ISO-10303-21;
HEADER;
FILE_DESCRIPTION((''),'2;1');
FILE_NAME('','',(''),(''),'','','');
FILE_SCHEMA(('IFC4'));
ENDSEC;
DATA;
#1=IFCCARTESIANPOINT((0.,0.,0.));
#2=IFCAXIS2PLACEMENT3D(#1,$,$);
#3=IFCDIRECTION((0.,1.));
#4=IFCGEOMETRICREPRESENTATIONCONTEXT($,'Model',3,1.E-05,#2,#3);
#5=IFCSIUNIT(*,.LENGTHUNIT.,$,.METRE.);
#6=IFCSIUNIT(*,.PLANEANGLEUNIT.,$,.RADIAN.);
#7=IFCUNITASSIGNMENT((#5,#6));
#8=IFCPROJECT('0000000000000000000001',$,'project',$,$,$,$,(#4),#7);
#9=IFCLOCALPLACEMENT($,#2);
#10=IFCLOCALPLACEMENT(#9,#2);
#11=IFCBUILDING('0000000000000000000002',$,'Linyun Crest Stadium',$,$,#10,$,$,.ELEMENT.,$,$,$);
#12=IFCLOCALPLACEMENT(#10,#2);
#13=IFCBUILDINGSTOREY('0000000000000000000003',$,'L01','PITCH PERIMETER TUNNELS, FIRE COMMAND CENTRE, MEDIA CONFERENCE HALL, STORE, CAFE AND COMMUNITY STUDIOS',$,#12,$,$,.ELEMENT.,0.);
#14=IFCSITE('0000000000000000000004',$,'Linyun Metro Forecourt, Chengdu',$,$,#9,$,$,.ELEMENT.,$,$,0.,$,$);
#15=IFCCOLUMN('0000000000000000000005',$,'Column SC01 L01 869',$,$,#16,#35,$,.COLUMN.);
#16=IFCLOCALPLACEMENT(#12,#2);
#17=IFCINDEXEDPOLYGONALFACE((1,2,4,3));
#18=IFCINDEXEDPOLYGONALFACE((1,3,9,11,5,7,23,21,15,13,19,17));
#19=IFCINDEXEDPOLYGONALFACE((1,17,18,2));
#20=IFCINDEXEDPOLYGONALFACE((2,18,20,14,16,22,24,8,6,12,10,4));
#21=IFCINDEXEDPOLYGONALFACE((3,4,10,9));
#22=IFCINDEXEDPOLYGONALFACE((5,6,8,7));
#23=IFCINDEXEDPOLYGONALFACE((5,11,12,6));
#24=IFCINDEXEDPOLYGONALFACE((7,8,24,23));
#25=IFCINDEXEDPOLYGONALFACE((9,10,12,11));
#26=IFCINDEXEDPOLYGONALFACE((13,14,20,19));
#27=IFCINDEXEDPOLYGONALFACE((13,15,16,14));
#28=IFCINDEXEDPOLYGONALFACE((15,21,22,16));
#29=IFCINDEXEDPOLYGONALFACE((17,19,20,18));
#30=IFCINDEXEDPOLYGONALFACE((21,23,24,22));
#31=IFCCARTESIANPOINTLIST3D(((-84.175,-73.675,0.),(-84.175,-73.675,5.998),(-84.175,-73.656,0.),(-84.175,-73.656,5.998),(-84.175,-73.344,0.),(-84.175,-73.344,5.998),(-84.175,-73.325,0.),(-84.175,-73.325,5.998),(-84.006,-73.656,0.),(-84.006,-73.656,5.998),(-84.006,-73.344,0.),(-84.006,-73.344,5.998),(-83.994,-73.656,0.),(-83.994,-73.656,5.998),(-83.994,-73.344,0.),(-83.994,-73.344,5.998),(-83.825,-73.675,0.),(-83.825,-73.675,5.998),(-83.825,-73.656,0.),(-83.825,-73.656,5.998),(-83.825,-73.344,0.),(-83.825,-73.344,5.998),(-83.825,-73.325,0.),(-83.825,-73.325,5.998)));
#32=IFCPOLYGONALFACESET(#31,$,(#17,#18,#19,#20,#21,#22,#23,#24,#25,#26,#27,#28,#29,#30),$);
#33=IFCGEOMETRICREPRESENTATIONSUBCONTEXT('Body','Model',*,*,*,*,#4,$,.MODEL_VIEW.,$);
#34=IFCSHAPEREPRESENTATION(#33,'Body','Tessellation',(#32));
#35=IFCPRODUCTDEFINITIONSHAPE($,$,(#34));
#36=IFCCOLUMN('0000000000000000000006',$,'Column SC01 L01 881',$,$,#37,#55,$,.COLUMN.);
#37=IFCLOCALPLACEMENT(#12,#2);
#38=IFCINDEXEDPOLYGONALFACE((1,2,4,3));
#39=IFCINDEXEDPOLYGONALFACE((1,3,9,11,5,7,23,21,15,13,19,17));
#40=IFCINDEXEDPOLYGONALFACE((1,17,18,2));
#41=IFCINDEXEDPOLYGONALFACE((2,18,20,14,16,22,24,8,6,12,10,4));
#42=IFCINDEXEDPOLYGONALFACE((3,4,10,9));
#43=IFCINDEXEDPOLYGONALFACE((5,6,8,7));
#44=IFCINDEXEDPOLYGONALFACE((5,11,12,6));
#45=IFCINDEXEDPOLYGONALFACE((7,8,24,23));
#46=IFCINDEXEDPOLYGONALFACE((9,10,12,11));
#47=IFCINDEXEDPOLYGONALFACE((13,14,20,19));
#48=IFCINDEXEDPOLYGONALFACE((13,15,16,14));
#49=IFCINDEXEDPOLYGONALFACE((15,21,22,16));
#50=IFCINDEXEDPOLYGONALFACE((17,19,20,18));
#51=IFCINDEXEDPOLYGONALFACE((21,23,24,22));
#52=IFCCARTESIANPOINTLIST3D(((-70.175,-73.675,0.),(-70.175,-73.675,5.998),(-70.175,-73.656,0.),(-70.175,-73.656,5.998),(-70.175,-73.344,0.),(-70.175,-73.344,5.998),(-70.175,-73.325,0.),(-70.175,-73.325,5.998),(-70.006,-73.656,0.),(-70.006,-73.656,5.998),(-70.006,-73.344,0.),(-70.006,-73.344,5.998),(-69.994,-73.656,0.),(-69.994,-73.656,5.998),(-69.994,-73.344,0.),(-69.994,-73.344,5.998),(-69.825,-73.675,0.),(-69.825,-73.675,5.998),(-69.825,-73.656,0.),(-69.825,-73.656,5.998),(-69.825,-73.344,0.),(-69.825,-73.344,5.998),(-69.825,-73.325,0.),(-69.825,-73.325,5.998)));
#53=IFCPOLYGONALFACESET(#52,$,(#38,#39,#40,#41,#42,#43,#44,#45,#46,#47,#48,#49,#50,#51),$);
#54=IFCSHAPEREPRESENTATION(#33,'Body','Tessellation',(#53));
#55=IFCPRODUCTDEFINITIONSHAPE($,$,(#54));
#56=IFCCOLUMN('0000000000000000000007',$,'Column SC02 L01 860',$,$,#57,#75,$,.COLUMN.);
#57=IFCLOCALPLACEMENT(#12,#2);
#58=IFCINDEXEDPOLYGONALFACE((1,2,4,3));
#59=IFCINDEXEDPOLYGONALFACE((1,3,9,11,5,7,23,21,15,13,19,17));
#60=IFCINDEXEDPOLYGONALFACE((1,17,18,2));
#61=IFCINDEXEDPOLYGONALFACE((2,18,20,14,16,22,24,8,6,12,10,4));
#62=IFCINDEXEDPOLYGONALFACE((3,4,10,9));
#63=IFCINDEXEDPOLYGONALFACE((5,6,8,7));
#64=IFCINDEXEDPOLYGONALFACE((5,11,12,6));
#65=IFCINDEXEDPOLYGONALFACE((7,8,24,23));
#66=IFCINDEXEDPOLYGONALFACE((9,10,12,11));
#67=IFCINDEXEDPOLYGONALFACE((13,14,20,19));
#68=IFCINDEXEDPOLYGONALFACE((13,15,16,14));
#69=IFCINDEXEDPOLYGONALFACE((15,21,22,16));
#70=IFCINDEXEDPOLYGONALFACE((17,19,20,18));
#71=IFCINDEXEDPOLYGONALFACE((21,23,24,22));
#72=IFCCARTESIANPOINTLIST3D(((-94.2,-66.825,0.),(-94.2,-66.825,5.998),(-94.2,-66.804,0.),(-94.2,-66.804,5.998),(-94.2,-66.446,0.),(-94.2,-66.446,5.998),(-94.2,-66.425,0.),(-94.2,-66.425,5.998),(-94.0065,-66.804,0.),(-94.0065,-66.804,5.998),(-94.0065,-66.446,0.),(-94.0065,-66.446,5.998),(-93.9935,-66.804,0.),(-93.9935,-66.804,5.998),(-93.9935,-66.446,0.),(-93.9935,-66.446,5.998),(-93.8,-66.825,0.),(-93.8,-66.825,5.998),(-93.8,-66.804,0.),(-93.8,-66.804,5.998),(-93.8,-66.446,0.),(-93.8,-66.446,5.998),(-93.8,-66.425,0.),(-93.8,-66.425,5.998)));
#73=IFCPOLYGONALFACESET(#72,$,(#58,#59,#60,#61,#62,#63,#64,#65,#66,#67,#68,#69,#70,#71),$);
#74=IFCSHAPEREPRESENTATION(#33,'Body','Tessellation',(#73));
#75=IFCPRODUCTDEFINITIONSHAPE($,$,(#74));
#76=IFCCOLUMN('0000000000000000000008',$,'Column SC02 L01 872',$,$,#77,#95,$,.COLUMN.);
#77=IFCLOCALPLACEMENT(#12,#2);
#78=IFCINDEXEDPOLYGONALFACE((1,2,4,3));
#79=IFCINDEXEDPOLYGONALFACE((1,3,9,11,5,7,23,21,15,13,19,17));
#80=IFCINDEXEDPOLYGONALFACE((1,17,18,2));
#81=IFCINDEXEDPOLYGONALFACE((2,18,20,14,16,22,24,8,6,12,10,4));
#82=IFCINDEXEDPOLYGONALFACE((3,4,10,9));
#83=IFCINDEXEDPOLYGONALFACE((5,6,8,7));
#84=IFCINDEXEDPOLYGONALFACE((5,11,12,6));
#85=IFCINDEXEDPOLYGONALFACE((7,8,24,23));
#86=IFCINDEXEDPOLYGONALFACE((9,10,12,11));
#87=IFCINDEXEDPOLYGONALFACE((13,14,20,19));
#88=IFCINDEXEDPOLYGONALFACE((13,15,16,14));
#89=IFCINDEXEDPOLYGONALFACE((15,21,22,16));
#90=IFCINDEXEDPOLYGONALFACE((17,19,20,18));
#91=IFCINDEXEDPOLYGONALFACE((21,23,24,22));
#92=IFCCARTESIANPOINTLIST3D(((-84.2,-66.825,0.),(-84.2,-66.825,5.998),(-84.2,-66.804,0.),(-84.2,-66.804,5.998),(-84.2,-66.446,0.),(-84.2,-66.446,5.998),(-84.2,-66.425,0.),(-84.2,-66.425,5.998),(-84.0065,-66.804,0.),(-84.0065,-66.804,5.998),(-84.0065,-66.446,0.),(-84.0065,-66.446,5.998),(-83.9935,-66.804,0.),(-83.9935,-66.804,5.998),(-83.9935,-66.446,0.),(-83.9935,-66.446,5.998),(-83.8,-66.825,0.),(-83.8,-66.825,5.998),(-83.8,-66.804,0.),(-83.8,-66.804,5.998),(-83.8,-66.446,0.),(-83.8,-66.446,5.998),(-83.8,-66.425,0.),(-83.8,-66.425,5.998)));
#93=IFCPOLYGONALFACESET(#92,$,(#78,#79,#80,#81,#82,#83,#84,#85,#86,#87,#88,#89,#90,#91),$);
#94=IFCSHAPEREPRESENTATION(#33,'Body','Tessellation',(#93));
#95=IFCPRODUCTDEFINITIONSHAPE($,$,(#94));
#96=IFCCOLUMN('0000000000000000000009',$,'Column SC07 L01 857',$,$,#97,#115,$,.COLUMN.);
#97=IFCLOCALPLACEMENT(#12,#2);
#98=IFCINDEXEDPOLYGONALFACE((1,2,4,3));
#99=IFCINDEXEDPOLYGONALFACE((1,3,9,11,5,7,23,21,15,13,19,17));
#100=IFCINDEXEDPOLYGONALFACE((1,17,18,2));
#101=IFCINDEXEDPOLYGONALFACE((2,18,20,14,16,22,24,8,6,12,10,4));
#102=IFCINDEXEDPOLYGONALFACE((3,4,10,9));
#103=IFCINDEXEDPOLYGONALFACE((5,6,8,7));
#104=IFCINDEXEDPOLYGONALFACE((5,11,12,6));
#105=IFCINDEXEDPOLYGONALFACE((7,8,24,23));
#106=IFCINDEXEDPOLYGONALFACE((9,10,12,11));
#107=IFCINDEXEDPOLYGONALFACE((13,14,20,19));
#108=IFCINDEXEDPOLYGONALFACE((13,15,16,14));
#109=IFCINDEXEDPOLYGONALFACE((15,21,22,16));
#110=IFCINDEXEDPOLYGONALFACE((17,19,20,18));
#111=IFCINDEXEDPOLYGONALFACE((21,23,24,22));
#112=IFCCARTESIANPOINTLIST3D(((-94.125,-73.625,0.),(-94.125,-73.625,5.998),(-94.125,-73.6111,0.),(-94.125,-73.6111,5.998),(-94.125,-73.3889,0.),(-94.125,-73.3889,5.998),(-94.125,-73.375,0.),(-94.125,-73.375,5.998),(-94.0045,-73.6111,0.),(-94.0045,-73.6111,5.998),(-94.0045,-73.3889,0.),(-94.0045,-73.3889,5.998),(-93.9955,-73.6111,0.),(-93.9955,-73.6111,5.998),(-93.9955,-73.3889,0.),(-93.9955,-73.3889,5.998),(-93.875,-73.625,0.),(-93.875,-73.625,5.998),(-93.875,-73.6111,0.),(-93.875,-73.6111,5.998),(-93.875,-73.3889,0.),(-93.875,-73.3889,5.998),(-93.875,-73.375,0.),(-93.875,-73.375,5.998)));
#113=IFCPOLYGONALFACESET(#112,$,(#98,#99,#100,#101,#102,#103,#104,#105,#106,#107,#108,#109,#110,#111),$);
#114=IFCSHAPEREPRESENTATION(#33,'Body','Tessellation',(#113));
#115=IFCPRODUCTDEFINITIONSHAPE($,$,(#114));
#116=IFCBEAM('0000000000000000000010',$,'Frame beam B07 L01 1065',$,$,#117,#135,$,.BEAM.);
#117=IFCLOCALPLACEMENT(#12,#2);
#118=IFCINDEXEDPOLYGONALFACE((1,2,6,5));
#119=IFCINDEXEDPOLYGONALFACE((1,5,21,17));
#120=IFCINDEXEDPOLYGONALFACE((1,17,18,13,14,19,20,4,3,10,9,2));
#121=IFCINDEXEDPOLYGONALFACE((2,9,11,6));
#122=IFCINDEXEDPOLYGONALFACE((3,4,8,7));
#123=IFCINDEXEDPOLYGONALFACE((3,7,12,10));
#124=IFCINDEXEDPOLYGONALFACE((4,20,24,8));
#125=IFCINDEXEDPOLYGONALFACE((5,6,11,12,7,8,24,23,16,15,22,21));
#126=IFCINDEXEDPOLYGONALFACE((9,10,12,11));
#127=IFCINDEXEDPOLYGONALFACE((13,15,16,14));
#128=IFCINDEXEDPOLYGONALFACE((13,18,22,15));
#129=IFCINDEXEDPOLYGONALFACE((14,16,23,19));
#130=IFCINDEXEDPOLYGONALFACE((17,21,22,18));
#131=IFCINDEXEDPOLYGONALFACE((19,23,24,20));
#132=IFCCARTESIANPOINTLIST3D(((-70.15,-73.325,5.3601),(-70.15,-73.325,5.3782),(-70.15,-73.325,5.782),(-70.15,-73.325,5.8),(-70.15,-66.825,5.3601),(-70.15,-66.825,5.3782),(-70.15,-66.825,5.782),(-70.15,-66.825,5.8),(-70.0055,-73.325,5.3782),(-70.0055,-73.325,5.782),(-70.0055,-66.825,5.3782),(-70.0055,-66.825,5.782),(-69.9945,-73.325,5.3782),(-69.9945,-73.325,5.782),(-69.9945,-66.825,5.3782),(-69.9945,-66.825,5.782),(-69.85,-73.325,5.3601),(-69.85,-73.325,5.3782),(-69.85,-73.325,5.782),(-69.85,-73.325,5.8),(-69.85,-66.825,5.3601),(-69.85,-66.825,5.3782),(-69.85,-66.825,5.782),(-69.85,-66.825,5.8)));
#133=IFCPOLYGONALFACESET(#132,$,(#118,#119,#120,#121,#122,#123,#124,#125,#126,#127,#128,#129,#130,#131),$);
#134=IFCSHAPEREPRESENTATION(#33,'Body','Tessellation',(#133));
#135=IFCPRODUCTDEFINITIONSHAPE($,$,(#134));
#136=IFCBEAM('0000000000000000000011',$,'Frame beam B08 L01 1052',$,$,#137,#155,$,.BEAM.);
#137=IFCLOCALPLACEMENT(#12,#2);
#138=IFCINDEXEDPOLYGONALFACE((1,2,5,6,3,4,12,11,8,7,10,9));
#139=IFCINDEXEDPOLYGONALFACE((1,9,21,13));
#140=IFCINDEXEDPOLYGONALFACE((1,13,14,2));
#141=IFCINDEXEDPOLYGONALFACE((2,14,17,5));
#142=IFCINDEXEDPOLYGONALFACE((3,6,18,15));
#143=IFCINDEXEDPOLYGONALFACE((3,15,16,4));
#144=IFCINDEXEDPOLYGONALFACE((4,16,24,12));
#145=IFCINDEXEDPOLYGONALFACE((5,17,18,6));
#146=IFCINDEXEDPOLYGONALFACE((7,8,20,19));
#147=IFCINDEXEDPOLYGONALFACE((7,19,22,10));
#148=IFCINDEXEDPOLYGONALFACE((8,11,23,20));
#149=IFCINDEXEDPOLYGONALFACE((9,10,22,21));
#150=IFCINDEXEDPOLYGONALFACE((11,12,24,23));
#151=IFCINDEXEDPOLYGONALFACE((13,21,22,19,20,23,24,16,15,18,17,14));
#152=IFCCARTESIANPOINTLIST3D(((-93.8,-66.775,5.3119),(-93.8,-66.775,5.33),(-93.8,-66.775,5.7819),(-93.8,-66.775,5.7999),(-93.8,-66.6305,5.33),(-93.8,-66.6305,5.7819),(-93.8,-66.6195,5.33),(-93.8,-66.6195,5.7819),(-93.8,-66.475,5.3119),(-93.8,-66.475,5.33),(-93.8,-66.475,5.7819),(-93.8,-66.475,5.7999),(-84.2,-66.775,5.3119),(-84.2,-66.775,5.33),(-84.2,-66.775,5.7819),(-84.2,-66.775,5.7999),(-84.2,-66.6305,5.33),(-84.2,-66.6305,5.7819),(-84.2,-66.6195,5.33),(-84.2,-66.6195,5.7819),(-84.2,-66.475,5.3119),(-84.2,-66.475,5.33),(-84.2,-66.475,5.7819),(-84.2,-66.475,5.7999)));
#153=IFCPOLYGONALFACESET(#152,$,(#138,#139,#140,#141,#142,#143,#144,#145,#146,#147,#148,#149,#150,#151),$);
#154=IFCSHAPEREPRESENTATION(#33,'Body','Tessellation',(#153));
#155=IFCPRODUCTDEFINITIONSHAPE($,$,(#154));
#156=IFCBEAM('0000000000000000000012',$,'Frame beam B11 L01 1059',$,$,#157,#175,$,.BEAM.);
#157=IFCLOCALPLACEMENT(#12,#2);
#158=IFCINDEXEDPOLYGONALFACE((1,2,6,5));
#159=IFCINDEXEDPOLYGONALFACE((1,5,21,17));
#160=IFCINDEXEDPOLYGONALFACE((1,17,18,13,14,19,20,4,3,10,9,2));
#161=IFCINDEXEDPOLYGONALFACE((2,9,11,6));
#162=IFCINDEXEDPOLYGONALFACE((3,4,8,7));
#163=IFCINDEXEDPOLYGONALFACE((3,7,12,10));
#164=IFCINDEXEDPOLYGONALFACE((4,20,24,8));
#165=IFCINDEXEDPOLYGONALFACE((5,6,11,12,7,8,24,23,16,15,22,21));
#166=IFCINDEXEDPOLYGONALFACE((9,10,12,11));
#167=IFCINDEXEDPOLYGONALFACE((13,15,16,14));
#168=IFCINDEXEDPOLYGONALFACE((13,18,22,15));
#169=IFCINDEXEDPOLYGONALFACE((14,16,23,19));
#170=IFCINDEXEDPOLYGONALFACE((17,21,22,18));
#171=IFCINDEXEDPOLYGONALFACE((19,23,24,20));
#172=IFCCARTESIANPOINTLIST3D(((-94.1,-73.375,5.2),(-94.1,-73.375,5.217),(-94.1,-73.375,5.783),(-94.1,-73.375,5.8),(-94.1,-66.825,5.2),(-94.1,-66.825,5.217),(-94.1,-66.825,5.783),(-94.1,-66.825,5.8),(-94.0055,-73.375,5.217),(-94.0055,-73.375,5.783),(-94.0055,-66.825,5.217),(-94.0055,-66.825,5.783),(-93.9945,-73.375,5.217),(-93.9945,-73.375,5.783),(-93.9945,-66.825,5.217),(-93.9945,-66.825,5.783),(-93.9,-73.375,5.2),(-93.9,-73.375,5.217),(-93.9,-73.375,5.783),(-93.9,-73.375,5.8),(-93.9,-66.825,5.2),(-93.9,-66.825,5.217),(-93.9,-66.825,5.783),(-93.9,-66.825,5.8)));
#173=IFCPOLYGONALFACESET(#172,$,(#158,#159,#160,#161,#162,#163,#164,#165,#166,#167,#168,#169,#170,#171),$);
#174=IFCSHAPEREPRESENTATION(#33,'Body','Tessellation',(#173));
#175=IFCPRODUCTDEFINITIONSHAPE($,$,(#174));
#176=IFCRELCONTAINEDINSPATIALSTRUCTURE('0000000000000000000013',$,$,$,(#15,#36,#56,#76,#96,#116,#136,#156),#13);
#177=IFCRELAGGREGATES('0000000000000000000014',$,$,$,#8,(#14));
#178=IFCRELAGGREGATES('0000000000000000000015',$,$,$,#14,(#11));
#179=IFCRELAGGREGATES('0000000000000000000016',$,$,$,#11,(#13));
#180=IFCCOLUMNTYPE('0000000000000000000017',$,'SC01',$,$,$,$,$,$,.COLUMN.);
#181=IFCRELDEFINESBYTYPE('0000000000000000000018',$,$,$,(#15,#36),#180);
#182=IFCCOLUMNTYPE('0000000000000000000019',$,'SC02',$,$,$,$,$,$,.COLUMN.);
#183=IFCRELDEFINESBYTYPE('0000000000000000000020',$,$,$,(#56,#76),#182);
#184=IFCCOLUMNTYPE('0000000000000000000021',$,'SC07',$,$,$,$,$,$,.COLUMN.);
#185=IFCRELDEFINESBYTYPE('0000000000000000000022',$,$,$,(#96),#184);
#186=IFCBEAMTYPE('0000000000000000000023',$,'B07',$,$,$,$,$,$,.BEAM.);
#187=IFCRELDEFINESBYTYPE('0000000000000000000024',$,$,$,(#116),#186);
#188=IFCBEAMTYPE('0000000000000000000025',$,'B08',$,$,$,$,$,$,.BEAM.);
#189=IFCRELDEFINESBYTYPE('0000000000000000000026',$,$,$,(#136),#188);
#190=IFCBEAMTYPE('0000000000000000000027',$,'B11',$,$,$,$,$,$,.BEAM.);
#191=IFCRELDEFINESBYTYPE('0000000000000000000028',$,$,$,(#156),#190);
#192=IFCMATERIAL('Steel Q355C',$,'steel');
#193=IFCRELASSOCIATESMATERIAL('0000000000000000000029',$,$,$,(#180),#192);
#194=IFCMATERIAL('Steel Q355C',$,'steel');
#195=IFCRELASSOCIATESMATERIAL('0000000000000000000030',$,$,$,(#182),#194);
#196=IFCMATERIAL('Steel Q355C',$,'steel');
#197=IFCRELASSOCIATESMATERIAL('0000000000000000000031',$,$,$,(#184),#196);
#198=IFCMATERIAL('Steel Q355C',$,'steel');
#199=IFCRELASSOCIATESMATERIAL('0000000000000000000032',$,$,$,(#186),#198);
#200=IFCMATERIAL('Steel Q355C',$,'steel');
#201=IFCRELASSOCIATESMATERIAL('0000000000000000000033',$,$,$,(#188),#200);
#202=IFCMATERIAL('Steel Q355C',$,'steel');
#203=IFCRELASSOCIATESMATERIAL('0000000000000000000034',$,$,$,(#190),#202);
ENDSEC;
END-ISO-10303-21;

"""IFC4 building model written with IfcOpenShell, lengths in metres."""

from ifc_helpers import new_model, si_unit, direction, frame, origin, origin_2d, place, context, subcontext, project, spatial, i_section, extrude, material, material_profile, profile_set, type_object, element, save


model = new_model("IFC4")

# Units and contexts
model_context = context("Model", 3, precision=1e-05, world=origin(), true_north=direction((0.0, 1.0)))
body_context = subcontext(model_context, "Body", "Model", "MODEL_VIEW")
ifc_project = project(units=[si_unit("LENGTHUNIT", "METRE"), si_unit("PLANEANGLEUNIT", "RADIAN")], contexts=[model_context])

# Site, building, storey
site_placement = place(None, origin())
site = spatial("IfcSite", under=ifc_project, at=site_placement, Name="Linyun Metro Forecourt, Chengdu", CompositionType="ELEMENT", RefElevation=0.0)
building_placement = place(site_placement, origin())
building = spatial("IfcBuilding", under=site, at=building_placement, Name="Linyun Crest Stadium", CompositionType="ELEMENT")
storey_placement = place(building_placement, origin())
storey = spatial("IfcBuildingStorey", under=building, at=storey_placement, Name="L01", Description="PITCH PERIMETER TUNNELS, FIRE COMMAND CENTRE, MEDIA CONFERENCE HALL, STORE, CAFE AND COMMUNITY STUDIOS", CompositionType="ELEMENT", Elevation=0.0)

# Columns
ifc_material_1 = material(Name="Steel Q355C", Category="steel")
ifc_material_profile_1 = material_profile(ifc_material_1, i_section(OverallWidth=0.3501, OverallDepth=0.3501, WebThickness=0.012, FlangeThickness=0.019, at=origin_2d()), Name="HW 350x350")
ifc_profile_set_1 = profile_set([ifc_material_profile_1], Name="Steel Q355C")
column_type_1 = type_object("IfcColumnType", Name="SC01", PredefinedType="COLUMN", material=ifc_profile_set_1)
for number, where, z_axis, x_axis, name in (
    (1, (-84.0, -73.5, 0.0), (0.0, 0.0, 1.0), (1.0, 0.0, 0.0), "Column SC01 L01 869"),
    (2, (-70.0, -73.5, 0.0), (0.0, 0.0, 1.0), (1.0, 0.0, 0.0), "Column SC01 L01 881"),
):
    element("IfcColumn", number, at=place(storey_placement, frame(where, z_axis=z_axis, x_axis=x_axis)), inside=storey, type_object=column_type_1, Name=name, PredefinedType="COLUMN", context=body_context, shape_type="SweptSolid", body=[
        extrude(i_section(OverallWidth=0.3501, OverallDepth=0.3501, WebThickness=0.012, FlangeThickness=0.019, at=origin_2d()), origin(), (0.0, 0.0, 1.0), 5.998),
    ])
ifc_material_2 = material(Name="Steel Q355C", Category="steel")
ifc_material_profile_2 = material_profile(ifc_material_2, i_section(OverallWidth=0.3999, OverallDepth=0.3999, WebThickness=0.0129, FlangeThickness=0.021, at=origin_2d()), Name="HW 400x400")
ifc_profile_set_2 = profile_set([ifc_material_profile_2], Name="Steel Q355C")
column_type_2 = type_object("IfcColumnType", Name="SC02", PredefinedType="COLUMN", material=ifc_profile_set_2)
for number, where, z_axis, x_axis, name in (
    (3, (-94.0, -66.625, 0.0), (0.0, 0.0, 1.0), (1.0, 0.0, 0.0), "Column SC02 L01 860"),
    (4, (-84.0, -66.625, 0.0), (0.0, 0.0, 1.0), (1.0, 0.0, 0.0), "Column SC02 L01 872"),
):
    element("IfcColumn", number, at=place(storey_placement, frame(where, z_axis=z_axis, x_axis=x_axis)), inside=storey, type_object=column_type_2, Name=name, PredefinedType="COLUMN", context=body_context, shape_type="SweptSolid", body=[
        extrude(i_section(OverallWidth=0.3999, OverallDepth=0.3999, WebThickness=0.0129, FlangeThickness=0.021, at=origin_2d()), origin(), (0.0, 0.0, 1.0), 5.998),
    ])
ifc_material_3 = material(Name="Steel Q355C", Category="steel")
ifc_material_profile_3 = material_profile(ifc_material_3, i_section(OverallWidth=0.25, OverallDepth=0.25, WebThickness=0.009, FlangeThickness=0.0139, at=origin_2d()), Name="HW 250x250")
ifc_profile_set_3 = profile_set([ifc_material_profile_3], Name="Steel Q355C")
column_type_3 = type_object("IfcColumnType", Name="SC07", PredefinedType="COLUMN", material=ifc_profile_set_3)
column_placement = place(storey_placement, frame((-94.0, -73.5, 0.0), z_axis=(0.0, 0.0, 1.0), x_axis=(1.0, 0.0, 0.0)))
element("IfcColumn", 5, at=column_placement, inside=storey, type_object=column_type_3, Name="Column SC07 L01 857", PredefinedType="COLUMN", context=body_context, shape_type="SweptSolid", body=[
    extrude(i_section(OverallWidth=0.25, OverallDepth=0.25, WebThickness=0.009, FlangeThickness=0.0139, at=origin_2d()), origin(), (0.0, 0.0, 1.0), 5.998),
])

# Beams
ifc_material_4 = material(Name="Steel Q355C", Category="steel")
ifc_material_profile_4 = material_profile(ifc_material_4, i_section(OverallWidth=0.3, OverallDepth=0.4399, WebThickness=0.011, FlangeThickness=0.0181, at=origin_2d()), Name="HM 440x300")
ifc_profile_set_4 = profile_set([ifc_material_profile_4], Name="Steel Q355C")
beam_type_1 = type_object("IfcBeamType", Name="B07", PredefinedType="BEAM", material=ifc_profile_set_4)
beam_1_placement = place(storey_placement, frame((-70.0, -73.325, 5.5801), z_axis=(0.0, 1.0, 0.0), x_axis=(-1.0, 0.0, 0.0)))
element("IfcBeam", 6, at=beam_1_placement, inside=storey, type_object=beam_type_1, Name="Frame beam B07 L01 1065", PredefinedType="BEAM", context=body_context, shape_type="SweptSolid", body=[
    extrude(i_section(OverallWidth=0.3, OverallDepth=0.4399, WebThickness=0.011, FlangeThickness=0.0181, at=origin_2d()), origin(), (0.0, 0.0, 1.0), 6.5),
])
ifc_material_5 = material(Name="Steel Q355C", Category="steel")
ifc_material_profile_5 = material_profile(ifc_material_5, i_section(OverallWidth=0.3, OverallDepth=0.488, WebThickness=0.011, FlangeThickness=0.0181, at=origin_2d()), Name="HM 488x300")
ifc_profile_set_5 = profile_set([ifc_material_profile_5], Name="Steel Q355C")
beam_type_2 = type_object("IfcBeamType", Name="B08", PredefinedType="BEAM", material=ifc_profile_set_5)
beam_2_placement = place(storey_placement, frame((-93.8, -66.625, 5.5559), z_axis=(1.0, 0.0, 0.0), x_axis=(0.0, 1.0, 0.0)))
element("IfcBeam", 7, at=beam_2_placement, inside=storey, type_object=beam_type_2, Name="Frame beam B08 L01 1052", PredefinedType="BEAM", context=body_context, shape_type="SweptSolid", body=[
    extrude(i_section(OverallWidth=0.3, OverallDepth=0.488, WebThickness=0.011, FlangeThickness=0.0181, at=origin_2d()), origin(), (0.0, 0.0, 1.0), 9.6001),
])
ifc_material_6 = material(Name="Steel Q355C", Category="steel")
ifc_material_profile_6 = material_profile(ifc_material_6, i_section(OverallWidth=0.2, OverallDepth=0.6001, WebThickness=0.011, FlangeThickness=0.0171, at=origin_2d()), Name="HN 600x200")
ifc_profile_set_6 = profile_set([ifc_material_profile_6], Name="Steel Q355C")
beam_type_3 = type_object("IfcBeamType", Name="B11", PredefinedType="BEAM", material=ifc_profile_set_6)
beam_3_placement = place(storey_placement, frame((-94.0, -73.375, 5.5), z_axis=(0.0, 1.0, 0.0), x_axis=(-1.0, 0.0, 0.0)))
element("IfcBeam", 8, at=beam_3_placement, inside=storey, type_object=beam_type_3, Name="Frame beam B11 L01 1059", PredefinedType="BEAM", context=body_context, shape_type="SweptSolid", body=[
    extrude(i_section(OverallWidth=0.2, OverallDepth=0.6001, WebThickness=0.011, FlangeThickness=0.0171, at=origin_2d()), origin(), (0.0, 0.0, 1.0), 6.55),
])

save(model, "model.ifc")
